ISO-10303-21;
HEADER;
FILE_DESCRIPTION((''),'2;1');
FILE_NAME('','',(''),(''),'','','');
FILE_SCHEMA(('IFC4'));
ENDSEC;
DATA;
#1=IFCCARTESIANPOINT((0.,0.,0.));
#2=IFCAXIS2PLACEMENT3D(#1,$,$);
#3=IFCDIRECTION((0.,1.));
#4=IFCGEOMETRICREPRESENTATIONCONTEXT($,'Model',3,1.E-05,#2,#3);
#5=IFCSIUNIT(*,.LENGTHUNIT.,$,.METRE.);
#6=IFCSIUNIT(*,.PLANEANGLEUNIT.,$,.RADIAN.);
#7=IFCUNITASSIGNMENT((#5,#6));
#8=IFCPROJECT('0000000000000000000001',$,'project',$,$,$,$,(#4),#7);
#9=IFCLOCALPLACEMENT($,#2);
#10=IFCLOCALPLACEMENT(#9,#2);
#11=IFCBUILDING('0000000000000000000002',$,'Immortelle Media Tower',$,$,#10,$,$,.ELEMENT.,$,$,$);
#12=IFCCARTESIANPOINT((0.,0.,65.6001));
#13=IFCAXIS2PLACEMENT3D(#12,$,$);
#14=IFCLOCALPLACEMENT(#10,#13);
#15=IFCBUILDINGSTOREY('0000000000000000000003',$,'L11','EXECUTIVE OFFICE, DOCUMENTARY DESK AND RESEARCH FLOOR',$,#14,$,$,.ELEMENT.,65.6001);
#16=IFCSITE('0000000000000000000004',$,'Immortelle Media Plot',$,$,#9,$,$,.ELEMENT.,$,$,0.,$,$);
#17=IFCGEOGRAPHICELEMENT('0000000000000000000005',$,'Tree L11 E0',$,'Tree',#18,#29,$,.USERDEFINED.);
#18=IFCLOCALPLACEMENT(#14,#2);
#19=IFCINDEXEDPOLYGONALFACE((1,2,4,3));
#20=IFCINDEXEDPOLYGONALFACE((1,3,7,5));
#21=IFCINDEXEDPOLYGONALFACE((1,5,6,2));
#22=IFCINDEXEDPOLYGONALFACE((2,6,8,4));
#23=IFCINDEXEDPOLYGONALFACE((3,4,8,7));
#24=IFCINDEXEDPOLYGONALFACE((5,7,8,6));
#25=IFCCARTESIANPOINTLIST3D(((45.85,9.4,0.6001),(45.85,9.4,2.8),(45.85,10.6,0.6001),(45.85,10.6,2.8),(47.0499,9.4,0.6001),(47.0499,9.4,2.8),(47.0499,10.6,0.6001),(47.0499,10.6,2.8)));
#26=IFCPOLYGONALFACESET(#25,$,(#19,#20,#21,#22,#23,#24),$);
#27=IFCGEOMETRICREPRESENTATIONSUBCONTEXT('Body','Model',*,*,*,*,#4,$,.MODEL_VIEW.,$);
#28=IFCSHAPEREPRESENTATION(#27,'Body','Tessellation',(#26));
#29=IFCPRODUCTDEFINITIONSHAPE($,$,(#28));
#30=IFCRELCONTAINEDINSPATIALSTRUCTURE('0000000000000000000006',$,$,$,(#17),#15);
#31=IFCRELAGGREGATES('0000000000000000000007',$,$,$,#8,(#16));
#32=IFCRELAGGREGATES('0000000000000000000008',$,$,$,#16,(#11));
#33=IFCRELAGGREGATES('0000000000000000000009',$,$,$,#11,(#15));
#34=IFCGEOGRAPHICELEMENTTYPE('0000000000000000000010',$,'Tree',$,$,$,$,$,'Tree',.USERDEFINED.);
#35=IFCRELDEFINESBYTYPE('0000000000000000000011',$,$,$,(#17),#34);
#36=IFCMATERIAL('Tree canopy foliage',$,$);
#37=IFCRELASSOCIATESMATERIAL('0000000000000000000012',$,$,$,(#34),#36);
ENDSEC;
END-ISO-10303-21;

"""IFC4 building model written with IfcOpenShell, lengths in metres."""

from ifc_helpers import new_model, si_unit, direction, frame, origin, origin_2d, place, context, subcontext, project, spatial, rectangle, extrude, material, type_object, element, save


model = new_model("IFC4")

# Units and contexts
model_context = context("Model", 3, precision=1e-05, world=origin(), true_north=direction((0.0, 1.0)))
body_context = subcontext(model_context, "Body", "Model", "MODEL_VIEW")
ifc_project = project(units=[si_unit("LENGTHUNIT", "METRE"), si_unit("PLANEANGLEUNIT", "RADIAN")], contexts=[model_context])

# Site, building, storey
site_placement = place(None, origin())
site = spatial("IfcSite", under=ifc_project, at=site_placement, Name="Immortelle Media Plot", CompositionType="ELEMENT", RefElevation=0.0)
building_placement = place(site_placement, origin())
building = spatial("IfcBuilding", under=site, at=building_placement, Name="Immortelle Media Tower", CompositionType="ELEMENT")
storey_placement = place(building_placement, frame((0.0, 0.0, 65.6001)))
storey = spatial("IfcBuildingStorey", under=building, at=storey_placement, Name="L11", Description="EXECUTIVE OFFICE, DOCUMENTARY DESK AND RESEARCH FLOOR", CompositionType="ELEMENT", Elevation=65.6001)

# Geographic element
ifc_material_1 = material(Name="Tree canopy foliage")
geographic_element_type = type_object("IfcGeographicElementType", Name="Tree", ElementType="Tree", PredefinedType="USERDEFINED", material=ifc_material_1)
geographic_element_placement = place(storey_placement, frame((46.45, 10.0, 0.6001), z_axis=(0.0, 0.0, 1.0), x_axis=(1.0, 0.0, 0.0)))
element("IfcGeographicElement", 1, at=geographic_element_placement, inside=storey, type_object=geographic_element_type, Name="Tree L11 E0", ObjectType="Tree", PredefinedType="USERDEFINED", context=body_context, shape_type="SweptSolid", body=[
    extrude(rectangle(XDim=1.2, YDim=1.2, at=origin_2d()), origin(), (0.0, 0.0, 1.0), 2.2),
])

save(model, "model.ifc")
